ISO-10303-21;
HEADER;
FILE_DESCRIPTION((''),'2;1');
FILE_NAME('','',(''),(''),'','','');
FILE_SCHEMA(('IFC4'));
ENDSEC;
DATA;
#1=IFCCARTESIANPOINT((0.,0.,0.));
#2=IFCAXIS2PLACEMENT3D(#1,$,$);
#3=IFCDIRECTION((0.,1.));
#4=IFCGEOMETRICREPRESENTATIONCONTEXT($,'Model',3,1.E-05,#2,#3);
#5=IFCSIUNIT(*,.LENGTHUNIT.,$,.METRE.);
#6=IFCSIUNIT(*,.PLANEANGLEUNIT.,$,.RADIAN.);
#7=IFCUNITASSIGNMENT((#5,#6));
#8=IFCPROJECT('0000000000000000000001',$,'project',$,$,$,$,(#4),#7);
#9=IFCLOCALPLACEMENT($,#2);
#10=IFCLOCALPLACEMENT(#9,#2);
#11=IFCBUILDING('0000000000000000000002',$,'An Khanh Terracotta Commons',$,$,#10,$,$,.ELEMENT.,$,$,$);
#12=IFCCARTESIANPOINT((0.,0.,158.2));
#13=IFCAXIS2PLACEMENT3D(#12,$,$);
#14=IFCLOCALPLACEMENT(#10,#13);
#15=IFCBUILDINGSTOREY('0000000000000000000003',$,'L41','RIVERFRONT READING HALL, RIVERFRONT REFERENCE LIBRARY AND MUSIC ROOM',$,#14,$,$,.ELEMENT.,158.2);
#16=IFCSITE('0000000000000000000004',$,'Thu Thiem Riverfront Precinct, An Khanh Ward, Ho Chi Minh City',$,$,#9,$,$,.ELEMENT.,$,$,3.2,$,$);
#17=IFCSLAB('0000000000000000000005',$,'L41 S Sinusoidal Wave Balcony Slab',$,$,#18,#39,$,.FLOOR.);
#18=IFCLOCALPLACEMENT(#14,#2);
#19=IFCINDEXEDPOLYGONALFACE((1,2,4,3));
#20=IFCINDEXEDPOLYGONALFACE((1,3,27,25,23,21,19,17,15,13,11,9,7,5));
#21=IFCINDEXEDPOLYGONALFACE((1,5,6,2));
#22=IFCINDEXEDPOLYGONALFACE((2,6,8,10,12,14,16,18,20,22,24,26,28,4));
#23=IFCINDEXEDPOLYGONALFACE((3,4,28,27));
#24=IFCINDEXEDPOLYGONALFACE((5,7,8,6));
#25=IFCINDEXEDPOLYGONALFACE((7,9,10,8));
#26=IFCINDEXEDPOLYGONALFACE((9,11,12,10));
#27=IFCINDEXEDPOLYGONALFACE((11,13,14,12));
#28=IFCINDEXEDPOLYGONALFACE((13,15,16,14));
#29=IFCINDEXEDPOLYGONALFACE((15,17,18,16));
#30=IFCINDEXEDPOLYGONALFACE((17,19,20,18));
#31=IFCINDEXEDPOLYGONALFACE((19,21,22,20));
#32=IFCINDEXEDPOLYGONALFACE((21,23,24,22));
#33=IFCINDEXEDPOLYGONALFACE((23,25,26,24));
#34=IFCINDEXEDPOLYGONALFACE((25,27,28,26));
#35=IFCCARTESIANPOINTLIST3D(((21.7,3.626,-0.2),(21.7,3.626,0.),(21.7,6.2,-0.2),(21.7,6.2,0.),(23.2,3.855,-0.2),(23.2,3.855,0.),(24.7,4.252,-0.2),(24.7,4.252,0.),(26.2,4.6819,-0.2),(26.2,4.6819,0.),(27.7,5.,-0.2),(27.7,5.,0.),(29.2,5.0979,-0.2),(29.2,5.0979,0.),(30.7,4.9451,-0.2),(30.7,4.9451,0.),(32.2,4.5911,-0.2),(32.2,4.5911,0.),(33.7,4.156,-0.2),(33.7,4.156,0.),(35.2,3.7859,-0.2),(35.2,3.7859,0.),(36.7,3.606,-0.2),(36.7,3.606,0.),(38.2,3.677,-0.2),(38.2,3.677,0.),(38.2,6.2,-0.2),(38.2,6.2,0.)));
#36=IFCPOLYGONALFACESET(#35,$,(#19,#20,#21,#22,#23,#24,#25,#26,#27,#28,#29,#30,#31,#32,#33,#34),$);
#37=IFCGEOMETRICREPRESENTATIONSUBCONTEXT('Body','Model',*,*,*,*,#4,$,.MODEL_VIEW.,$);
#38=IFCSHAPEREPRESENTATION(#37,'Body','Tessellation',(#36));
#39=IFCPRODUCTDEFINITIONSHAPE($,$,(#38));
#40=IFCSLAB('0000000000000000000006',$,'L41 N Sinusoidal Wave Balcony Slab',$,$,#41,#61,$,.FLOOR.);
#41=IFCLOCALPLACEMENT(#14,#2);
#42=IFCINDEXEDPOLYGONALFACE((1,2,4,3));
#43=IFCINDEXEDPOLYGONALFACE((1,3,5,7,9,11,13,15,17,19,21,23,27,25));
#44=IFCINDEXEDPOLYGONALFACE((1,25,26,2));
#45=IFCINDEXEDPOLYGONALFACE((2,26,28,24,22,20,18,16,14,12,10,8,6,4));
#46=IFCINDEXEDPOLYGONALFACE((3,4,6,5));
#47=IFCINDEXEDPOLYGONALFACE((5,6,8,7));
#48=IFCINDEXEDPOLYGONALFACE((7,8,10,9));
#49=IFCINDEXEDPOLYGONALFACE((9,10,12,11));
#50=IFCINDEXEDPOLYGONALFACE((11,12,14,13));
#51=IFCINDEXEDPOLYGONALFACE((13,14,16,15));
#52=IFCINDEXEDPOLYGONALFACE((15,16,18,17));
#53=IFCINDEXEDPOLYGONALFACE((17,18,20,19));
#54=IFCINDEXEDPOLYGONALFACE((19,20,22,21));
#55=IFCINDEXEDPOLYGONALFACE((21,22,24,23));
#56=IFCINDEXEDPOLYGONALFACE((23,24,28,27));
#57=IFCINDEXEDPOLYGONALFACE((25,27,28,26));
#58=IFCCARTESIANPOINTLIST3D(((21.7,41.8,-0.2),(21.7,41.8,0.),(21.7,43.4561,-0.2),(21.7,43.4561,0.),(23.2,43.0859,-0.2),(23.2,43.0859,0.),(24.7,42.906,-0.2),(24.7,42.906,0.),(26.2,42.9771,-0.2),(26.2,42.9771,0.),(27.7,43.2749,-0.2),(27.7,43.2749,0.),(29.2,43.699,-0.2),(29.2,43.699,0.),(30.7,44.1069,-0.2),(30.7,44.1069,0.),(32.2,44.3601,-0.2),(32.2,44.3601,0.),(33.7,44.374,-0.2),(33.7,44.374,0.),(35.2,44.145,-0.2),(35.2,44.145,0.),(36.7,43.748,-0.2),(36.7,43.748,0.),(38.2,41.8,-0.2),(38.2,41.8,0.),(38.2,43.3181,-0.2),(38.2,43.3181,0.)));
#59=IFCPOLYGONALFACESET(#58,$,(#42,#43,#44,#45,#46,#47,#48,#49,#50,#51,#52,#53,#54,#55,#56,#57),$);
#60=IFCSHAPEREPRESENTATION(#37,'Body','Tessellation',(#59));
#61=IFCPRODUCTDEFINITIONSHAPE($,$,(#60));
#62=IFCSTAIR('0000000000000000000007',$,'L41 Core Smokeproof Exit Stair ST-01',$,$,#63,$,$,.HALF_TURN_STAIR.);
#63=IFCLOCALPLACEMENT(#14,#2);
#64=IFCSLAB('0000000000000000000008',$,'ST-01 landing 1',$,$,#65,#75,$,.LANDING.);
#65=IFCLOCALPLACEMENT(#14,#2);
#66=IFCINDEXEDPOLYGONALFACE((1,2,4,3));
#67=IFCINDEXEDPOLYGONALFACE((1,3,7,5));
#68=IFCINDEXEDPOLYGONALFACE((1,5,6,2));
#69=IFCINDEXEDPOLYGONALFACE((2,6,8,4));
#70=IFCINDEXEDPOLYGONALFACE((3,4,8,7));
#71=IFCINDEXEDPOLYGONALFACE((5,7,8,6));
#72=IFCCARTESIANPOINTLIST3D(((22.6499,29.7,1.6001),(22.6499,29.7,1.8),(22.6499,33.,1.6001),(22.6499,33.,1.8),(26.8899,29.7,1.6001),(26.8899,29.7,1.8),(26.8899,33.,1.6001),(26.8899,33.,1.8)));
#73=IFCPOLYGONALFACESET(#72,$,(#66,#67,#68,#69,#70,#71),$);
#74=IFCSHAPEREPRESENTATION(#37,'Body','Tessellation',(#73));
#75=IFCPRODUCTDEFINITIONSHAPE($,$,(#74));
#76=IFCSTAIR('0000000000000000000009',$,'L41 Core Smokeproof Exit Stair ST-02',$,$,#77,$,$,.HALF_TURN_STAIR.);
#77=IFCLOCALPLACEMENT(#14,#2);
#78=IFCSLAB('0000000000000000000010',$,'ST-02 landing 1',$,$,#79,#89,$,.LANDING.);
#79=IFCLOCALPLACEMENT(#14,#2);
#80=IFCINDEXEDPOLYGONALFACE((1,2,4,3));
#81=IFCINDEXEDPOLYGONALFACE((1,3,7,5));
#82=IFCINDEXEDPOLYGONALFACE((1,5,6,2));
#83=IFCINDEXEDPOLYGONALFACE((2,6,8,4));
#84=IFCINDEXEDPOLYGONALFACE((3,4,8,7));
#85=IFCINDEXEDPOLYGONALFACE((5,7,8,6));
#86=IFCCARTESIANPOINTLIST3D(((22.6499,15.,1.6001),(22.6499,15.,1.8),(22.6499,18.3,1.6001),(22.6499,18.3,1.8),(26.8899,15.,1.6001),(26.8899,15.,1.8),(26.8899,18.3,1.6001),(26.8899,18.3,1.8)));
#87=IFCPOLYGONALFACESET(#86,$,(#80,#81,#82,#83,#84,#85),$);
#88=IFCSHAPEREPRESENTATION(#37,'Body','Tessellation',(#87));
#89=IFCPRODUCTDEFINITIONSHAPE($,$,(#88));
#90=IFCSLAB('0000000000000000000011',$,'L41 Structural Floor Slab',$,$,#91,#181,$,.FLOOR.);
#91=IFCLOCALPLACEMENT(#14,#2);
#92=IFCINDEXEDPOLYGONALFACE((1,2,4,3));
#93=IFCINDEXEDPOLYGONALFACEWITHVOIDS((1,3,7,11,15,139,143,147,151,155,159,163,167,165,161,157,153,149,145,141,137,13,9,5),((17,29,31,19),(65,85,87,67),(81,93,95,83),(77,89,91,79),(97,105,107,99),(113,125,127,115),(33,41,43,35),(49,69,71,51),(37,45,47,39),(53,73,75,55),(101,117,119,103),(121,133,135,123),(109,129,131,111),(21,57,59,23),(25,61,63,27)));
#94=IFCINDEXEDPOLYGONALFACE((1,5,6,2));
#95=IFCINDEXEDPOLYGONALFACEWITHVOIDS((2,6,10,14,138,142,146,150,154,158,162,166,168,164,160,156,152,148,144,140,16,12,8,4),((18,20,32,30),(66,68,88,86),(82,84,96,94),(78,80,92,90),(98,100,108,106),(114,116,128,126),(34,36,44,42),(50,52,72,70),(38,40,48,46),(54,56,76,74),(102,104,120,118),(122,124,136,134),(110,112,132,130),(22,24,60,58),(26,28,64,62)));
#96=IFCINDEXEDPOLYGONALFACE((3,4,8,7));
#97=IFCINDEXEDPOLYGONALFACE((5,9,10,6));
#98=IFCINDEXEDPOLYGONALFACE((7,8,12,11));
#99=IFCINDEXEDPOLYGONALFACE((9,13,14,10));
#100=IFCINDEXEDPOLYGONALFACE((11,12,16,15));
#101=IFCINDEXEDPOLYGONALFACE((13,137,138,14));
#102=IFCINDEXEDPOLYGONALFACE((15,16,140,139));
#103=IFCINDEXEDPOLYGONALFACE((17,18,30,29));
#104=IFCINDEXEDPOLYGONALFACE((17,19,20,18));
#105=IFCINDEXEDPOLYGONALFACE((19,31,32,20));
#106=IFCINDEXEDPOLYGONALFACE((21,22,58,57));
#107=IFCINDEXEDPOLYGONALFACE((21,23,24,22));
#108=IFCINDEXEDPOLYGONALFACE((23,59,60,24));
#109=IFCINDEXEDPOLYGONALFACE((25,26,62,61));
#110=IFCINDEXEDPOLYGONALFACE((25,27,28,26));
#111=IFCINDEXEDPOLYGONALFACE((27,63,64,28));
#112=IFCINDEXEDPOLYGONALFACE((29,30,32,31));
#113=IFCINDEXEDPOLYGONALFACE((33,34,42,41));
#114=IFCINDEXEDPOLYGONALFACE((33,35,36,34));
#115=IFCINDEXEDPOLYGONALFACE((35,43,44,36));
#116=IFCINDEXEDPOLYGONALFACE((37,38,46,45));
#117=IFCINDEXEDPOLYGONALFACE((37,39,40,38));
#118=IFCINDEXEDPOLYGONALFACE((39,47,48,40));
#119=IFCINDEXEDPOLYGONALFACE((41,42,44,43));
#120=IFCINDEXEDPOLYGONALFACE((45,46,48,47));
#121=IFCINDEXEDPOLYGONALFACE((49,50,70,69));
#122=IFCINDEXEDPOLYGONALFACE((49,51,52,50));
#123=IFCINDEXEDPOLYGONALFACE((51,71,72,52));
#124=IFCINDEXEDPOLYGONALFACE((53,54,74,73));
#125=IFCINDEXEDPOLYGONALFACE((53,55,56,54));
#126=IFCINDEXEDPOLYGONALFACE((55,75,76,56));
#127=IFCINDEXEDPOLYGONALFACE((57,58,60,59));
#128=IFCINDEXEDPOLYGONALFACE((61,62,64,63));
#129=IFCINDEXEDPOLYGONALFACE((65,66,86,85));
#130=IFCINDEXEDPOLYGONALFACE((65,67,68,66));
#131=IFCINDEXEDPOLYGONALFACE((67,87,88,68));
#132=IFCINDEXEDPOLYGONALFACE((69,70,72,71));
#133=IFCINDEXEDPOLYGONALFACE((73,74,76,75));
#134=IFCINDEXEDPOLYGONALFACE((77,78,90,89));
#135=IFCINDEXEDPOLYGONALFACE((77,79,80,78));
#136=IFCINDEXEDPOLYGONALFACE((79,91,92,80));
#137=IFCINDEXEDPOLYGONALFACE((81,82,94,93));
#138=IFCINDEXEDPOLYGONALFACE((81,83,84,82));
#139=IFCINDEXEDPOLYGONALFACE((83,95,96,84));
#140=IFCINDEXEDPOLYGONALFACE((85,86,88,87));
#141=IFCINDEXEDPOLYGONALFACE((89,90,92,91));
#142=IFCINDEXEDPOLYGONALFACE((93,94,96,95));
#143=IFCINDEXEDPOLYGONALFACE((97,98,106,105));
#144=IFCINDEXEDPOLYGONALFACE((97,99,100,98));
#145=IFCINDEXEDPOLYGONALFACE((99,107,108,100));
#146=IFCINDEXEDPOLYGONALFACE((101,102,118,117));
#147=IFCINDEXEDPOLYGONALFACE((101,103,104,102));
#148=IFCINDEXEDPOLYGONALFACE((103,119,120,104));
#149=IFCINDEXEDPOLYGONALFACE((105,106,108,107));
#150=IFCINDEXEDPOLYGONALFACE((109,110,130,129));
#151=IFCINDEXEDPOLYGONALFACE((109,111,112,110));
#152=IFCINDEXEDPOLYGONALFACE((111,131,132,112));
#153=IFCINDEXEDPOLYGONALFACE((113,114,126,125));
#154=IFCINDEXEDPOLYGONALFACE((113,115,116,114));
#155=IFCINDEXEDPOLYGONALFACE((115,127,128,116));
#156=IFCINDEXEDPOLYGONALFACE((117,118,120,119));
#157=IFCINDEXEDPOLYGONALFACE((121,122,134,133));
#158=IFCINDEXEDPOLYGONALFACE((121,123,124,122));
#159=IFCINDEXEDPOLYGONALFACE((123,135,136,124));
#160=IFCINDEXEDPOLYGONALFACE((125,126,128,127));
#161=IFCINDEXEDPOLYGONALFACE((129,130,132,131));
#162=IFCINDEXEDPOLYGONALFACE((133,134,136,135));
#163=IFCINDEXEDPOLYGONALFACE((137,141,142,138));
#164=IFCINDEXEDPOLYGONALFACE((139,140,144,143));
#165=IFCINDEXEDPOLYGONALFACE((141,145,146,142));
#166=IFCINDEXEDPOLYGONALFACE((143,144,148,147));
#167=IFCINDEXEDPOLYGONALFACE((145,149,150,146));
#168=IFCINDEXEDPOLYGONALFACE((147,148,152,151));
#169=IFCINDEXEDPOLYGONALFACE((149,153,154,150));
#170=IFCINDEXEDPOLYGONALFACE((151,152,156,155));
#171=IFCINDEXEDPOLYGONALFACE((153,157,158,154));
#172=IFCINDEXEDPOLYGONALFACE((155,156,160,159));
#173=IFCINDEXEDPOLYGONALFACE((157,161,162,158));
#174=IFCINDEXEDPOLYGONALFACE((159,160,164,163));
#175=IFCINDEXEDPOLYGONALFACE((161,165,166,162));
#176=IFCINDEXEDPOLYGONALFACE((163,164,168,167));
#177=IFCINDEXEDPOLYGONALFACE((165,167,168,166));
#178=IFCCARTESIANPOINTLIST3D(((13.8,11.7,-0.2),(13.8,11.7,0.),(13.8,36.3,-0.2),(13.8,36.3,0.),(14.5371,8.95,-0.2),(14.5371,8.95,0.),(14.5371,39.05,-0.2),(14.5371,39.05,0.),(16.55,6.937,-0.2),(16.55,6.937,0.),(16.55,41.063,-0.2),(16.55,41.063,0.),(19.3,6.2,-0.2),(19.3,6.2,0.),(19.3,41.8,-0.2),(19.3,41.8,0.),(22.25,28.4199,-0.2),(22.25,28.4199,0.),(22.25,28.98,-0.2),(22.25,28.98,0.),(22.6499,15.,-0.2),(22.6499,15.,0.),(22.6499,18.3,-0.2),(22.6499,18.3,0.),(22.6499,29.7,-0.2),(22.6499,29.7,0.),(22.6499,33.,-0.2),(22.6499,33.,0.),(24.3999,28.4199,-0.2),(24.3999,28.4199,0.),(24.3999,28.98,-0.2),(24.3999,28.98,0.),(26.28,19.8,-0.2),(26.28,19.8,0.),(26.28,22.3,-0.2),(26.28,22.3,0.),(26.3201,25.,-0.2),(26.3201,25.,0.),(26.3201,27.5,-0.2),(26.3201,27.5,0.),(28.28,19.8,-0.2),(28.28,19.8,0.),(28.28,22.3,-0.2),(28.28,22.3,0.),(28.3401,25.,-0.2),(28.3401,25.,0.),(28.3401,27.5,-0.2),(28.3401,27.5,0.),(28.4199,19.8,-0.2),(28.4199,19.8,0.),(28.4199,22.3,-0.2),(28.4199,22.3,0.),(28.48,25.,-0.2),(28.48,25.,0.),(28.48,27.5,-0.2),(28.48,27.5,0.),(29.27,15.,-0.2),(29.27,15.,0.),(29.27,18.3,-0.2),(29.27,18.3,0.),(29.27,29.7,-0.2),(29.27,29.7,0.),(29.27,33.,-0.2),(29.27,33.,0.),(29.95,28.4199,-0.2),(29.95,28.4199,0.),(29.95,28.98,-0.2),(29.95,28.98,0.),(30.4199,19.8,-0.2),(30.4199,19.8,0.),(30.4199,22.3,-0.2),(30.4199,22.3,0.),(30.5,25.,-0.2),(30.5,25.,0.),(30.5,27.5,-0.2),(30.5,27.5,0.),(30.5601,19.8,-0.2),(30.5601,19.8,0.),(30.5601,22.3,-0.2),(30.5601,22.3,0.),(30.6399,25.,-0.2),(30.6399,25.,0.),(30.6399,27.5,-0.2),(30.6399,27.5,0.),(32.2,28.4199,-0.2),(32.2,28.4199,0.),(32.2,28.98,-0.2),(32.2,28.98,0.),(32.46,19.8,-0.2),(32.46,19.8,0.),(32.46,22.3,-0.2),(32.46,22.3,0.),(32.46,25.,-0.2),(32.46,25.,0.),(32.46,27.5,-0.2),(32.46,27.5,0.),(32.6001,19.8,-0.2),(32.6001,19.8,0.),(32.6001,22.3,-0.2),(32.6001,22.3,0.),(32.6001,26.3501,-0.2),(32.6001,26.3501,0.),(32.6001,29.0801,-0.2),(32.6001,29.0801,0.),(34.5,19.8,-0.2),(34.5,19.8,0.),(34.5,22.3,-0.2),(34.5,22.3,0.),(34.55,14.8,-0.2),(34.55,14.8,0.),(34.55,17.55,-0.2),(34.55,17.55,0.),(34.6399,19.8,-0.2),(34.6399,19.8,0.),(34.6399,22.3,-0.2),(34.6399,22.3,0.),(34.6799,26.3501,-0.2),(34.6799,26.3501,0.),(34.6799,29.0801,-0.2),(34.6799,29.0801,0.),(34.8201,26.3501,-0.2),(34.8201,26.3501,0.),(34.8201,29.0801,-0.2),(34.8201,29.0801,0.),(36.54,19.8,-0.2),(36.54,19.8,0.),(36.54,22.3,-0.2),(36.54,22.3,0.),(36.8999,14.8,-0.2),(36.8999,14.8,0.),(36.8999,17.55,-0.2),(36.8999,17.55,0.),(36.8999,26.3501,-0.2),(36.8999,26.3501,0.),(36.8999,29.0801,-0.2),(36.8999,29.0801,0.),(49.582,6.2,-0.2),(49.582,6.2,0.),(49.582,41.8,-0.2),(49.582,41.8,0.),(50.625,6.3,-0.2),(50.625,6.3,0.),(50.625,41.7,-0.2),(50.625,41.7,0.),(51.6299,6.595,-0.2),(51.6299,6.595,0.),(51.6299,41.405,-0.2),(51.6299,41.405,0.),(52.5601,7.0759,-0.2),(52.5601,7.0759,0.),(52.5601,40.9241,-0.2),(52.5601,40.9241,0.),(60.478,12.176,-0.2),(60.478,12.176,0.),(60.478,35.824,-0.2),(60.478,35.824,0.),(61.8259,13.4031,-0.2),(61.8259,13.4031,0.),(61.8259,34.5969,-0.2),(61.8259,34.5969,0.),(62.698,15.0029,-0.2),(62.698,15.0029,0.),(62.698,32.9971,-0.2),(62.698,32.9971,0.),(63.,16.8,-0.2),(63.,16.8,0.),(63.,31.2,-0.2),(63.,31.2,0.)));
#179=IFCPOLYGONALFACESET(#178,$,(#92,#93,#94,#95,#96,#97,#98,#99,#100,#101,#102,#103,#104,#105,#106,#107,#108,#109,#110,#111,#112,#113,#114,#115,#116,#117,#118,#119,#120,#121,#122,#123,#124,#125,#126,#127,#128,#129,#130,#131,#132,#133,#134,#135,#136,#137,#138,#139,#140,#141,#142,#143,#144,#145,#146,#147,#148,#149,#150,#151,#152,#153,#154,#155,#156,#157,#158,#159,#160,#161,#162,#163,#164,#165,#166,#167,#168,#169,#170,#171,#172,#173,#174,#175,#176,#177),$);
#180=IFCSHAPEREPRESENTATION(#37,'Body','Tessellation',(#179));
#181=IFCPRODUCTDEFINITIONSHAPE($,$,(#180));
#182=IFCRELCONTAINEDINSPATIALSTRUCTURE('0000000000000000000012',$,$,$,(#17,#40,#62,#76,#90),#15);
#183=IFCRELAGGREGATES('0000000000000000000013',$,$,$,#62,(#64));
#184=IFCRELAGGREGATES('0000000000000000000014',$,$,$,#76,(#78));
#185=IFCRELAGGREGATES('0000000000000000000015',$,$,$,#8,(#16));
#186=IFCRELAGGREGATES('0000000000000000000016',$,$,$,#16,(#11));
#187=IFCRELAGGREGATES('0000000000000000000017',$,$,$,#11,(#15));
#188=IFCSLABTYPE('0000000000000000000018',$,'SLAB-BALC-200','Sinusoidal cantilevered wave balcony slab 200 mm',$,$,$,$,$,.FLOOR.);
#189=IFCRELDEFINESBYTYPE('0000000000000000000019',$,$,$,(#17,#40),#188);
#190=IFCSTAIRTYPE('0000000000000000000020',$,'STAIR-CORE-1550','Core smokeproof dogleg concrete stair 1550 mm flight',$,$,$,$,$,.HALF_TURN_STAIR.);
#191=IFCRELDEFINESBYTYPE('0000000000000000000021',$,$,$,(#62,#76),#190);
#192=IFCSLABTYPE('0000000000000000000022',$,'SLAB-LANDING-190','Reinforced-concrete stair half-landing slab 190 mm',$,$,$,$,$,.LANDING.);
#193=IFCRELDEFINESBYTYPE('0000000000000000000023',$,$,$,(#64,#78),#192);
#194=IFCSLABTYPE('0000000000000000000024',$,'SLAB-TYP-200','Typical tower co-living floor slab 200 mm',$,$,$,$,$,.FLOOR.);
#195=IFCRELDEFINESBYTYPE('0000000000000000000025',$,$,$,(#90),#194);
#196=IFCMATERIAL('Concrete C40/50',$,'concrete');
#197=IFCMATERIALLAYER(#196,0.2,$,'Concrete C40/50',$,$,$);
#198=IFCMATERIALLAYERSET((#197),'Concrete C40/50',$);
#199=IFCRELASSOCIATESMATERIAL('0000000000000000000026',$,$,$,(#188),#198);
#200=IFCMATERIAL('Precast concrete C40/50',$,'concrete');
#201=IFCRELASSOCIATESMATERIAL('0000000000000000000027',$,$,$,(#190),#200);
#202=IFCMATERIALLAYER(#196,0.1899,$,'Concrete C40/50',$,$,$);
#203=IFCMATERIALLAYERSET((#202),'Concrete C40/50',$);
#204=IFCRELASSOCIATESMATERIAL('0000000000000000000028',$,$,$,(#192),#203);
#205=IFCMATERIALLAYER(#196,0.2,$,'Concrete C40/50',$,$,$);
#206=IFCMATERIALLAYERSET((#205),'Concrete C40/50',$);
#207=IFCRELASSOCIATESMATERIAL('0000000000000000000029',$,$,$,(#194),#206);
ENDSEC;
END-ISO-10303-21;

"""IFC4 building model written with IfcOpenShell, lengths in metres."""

from ifc_helpers import new_model, si_unit, direction, frame, origin, place, context, subcontext, project, spatial, polyline, outline, extrude, material, layer, layer_set, type_object, element, aggregate, save


model = new_model("IFC4")

# Units and contexts
model_context = context("Model", 3, precision=1e-05, world=origin(), true_north=direction((0.0, 1.0)))
body_context = subcontext(model_context, "Body", "Model", "MODEL_VIEW")
ifc_project = project(units=[si_unit("LENGTHUNIT", "METRE"), si_unit("PLANEANGLEUNIT", "RADIAN")], contexts=[model_context])

# Site, building, storey
site_placement = place(None, origin())
site = spatial("IfcSite", under=ifc_project, at=site_placement, Name="Thu Thiem Riverfront Precinct, An Khanh Ward, Ho Chi Minh City", CompositionType="ELEMENT", RefElevation=3.2)
building_placement = place(site_placement, origin())
building = spatial("IfcBuilding", under=site, at=building_placement, Name="An Khanh Terracotta Commons", CompositionType="ELEMENT")
storey_placement = place(building_placement, frame((0.0, 0.0, 158.2)))
storey = spatial("IfcBuildingStorey", under=building, at=storey_placement, Name="L41", Description="RIVERFRONT READING HALL, RIVERFRONT REFERENCE LIBRARY AND MUSIC ROOM", CompositionType="ELEMENT", Elevation=158.2)

# Slabs
ifc_material_1 = material(Name="Concrete C40/50", Category="concrete")
ifc_layer_1 = layer(ifc_material_1, 0.2, Name="Concrete C40/50")
ifc_layer_set_1 = layer_set([ifc_layer_1], Name="Concrete C40/50")
slab_type_1 = type_object("IfcSlabType", Name="SLAB-BALC-200", Description="Sinusoidal cantilevered wave balcony slab 200 mm", PredefinedType="FLOOR", material=ifc_layer_set_1)
slab_1_placement = place(storey_placement, frame((0.0, 0.0, -0.2)))
element("IfcSlab", 1, at=slab_1_placement, inside=storey, type_object=slab_type_1, Name="L41 S Sinusoidal Wave Balcony Slab", PredefinedType="FLOOR", context=body_context, shape_type="SweptSolid", body=[
    extrude(outline(polyline([(21.7, 6.2), (21.7, 3.626), (23.2, 3.855), (24.7, 4.252), (26.2, 4.6819), (27.7, 5.0), (29.2, 5.0979), (30.7, 4.9451), (32.2, 4.5911), (33.7, 4.156), (35.2, 3.7859), (36.7, 3.606), (38.2, 3.677), (38.2, 6.2), (21.7, 6.2)])), origin(), (0.0, 0.0, 1.0), 0.2),
])
slab_2_placement = place(storey_placement, frame((0.0, 0.0, -0.2)))
element("IfcSlab", 2, at=slab_2_placement, inside=storey, type_object=slab_type_1, Name="L41 N Sinusoidal Wave Balcony Slab", PredefinedType="FLOOR", context=body_context, shape_type="SweptSolid", body=[
    extrude(outline(polyline([(38.2, 41.8), (38.2, 43.3181), (36.7, 43.748), (35.2, 44.145), (33.7, 44.374), (32.2, 44.3601), (30.7, 44.1069), (29.2, 43.699), (27.7, 43.2749), (26.2, 42.9771), (24.7, 42.906), (23.2, 43.0859), (21.7, 43.4561), (21.7, 41.8), (38.2, 41.8)])), origin(), (0.0, 0.0, 1.0), 0.2),
])

# Stairs, slabs
ifc_material_2 = material(Name="Precast concrete C40/50", Category="concrete")
stair_type = type_object("IfcStairType", Name="STAIR-CORE-1550", Description="Core smokeproof dogleg concrete stair 1550 mm flight", PredefinedType="HALF_TURN_STAIR", material=ifc_material_2)
stair_1_placement = place(storey_placement, origin())
stair_1 = element("IfcStair", 3, at=stair_1_placement, inside=storey, type_object=stair_type, Name="L41 Core Smokeproof Exit Stair ST-01", PredefinedType="HALF_TURN_STAIR")
ifc_layer_2 = layer(ifc_material_1, 0.1899, Name="Concrete C40/50")
ifc_layer_set_2 = layer_set([ifc_layer_2], Name="Concrete C40/50")
slab_type_2 = type_object("IfcSlabType", Name="SLAB-LANDING-190", Description="Reinforced-concrete stair half-landing slab 190 mm", PredefinedType="LANDING", material=ifc_layer_set_2)
slab_3_placement = place(storey_placement, frame((0.0, 0.0, 1.6001)))
slab_3 = element("IfcSlab", 4, at=slab_3_placement, type_object=slab_type_2, Name="ST-01 landing 1", PredefinedType="LANDING", context=body_context, shape_type="SweptSolid", body=[
    extrude(outline(polyline([(26.8899, 33.0), (22.6499, 33.0), (22.6499, 29.7), (26.8899, 29.7), (26.8899, 33.0)])), origin(), (0.0, 0.0, 1.0), 0.2),
])
aggregate(stair_1, [slab_3])
stair_2_placement = place(storey_placement, origin())
stair_2 = element("IfcStair", 5, at=stair_2_placement, inside=storey, type_object=stair_type, Name="L41 Core Smokeproof Exit Stair ST-02", PredefinedType="HALF_TURN_STAIR")
slab_4_placement = place(storey_placement, frame((0.0, 0.0, 1.6001)))
slab_4 = element("IfcSlab", 6, at=slab_4_placement, type_object=slab_type_2, Name="ST-02 landing 1", PredefinedType="LANDING", context=body_context, shape_type="SweptSolid", body=[
    extrude(outline(polyline([(26.8899, 18.3), (22.6499, 18.3), (22.6499, 15.0), (26.8899, 15.0), (26.8899, 18.3)])), origin(), (0.0, 0.0, 1.0), 0.2),
])
aggregate(stair_2, [slab_4])

# Slab
ifc_layer_3 = layer(ifc_material_1, 0.2, Name="Concrete C40/50")
ifc_layer_set_3 = layer_set([ifc_layer_3], Name="Concrete C40/50")
slab_type_3 = type_object("IfcSlabType", Name="SLAB-TYP-200", Description="Typical tower co-living floor slab 200 mm", PredefinedType="FLOOR", material=ifc_layer_set_3)
slab_5_placement = place(storey_placement, frame((0.0, 0.0, -0.2)))
element("IfcSlab", 7, at=slab_5_placement, inside=storey, type_object=slab_type_3, Name="L41 Structural Floor Slab", PredefinedType="FLOOR", context=body_context, shape_type="SweptSolid", body=[
    extrude(outline(polyline([(13.8, 11.7), (14.5371, 8.95), (16.55, 6.937), (19.3, 6.2), (49.582, 6.2), (50.625, 6.3), (51.6299, 6.595), (52.5601, 7.0759), (60.478, 12.176), (61.8259, 13.4031), (62.698, 15.0029), (63.0, 16.8), (63.0, 31.2), (62.698, 32.9971), (61.8259, 34.5969), (60.478, 35.824), (52.5601, 40.9241), (51.6299, 41.405), (50.625, 41.7), (49.582, 41.8), (19.3, 41.8), (16.55, 41.063), (14.5371, 39.05), (13.8, 36.3), (13.8, 11.7)]), holes=[polyline([(22.6499, 29.7), (29.27, 29.7), (29.27, 33.0), (22.6499, 33.0), (22.6499, 29.7)]), polyline([(22.6499, 15.0), (29.27, 15.0), (29.27, 18.3), (22.6499, 18.3), (22.6499, 15.0)]), polyline([(32.6001, 26.3501), (34.6799, 26.3501), (34.6799, 29.0801), (32.6001, 29.0801), (32.6001, 26.3501)]), polyline([(34.8201, 26.3501), (36.8999, 26.3501), (36.8999, 29.0801), (34.8201, 29.0801), (34.8201, 26.3501)]), polyline([(34.55, 14.8), (36.8999, 14.8), (36.8999, 17.55), (34.55, 17.55), (34.55, 14.8)]), polyline([(26.3201, 25.0), (28.3401, 25.0), (28.3401, 27.5), (26.3201, 27.5), (26.3201, 25.0)]), polyline([(28.48, 25.0), (30.5, 25.0), (30.5, 27.5), (28.48, 27.5), (28.48, 25.0)]), polyline([(26.28, 19.8), (28.28, 19.8), (28.28, 22.3), (26.28, 22.3), (26.28, 19.8)]), polyline([(28.4199, 19.8), (30.4199, 19.8), (30.4199, 22.3), (28.4199, 22.3), (28.4199, 19.8)]), polyline([(30.6399, 25.0), (32.46, 25.0), (32.46, 27.5), (30.6399, 27.5), (30.6399, 25.0)]), polyline([(30.5601, 19.8), (32.46, 19.8), (32.46, 22.3), (30.5601, 22.3), (30.5601, 19.8)]), polyline([(32.6001, 19.8), (34.5, 19.8), (34.5, 22.3), (32.6001, 22.3), (32.6001, 19.8)]), polyline([(34.6399, 19.8), (36.54, 19.8), (36.54, 22.3), (34.6399, 22.3), (34.6399, 19.8)]), polyline([(22.25, 28.4199), (24.3999, 28.4199), (24.3999, 28.98), (22.25, 28.98), (22.25, 28.4199)]), polyline([(29.95, 28.4199), (32.2, 28.4199), (32.2, 28.98), (29.95, 28.98), (29.95, 28.4199)])]), origin(), (0.0, 0.0, 1.0), 0.2),
])

save(model, "model.ifc")
